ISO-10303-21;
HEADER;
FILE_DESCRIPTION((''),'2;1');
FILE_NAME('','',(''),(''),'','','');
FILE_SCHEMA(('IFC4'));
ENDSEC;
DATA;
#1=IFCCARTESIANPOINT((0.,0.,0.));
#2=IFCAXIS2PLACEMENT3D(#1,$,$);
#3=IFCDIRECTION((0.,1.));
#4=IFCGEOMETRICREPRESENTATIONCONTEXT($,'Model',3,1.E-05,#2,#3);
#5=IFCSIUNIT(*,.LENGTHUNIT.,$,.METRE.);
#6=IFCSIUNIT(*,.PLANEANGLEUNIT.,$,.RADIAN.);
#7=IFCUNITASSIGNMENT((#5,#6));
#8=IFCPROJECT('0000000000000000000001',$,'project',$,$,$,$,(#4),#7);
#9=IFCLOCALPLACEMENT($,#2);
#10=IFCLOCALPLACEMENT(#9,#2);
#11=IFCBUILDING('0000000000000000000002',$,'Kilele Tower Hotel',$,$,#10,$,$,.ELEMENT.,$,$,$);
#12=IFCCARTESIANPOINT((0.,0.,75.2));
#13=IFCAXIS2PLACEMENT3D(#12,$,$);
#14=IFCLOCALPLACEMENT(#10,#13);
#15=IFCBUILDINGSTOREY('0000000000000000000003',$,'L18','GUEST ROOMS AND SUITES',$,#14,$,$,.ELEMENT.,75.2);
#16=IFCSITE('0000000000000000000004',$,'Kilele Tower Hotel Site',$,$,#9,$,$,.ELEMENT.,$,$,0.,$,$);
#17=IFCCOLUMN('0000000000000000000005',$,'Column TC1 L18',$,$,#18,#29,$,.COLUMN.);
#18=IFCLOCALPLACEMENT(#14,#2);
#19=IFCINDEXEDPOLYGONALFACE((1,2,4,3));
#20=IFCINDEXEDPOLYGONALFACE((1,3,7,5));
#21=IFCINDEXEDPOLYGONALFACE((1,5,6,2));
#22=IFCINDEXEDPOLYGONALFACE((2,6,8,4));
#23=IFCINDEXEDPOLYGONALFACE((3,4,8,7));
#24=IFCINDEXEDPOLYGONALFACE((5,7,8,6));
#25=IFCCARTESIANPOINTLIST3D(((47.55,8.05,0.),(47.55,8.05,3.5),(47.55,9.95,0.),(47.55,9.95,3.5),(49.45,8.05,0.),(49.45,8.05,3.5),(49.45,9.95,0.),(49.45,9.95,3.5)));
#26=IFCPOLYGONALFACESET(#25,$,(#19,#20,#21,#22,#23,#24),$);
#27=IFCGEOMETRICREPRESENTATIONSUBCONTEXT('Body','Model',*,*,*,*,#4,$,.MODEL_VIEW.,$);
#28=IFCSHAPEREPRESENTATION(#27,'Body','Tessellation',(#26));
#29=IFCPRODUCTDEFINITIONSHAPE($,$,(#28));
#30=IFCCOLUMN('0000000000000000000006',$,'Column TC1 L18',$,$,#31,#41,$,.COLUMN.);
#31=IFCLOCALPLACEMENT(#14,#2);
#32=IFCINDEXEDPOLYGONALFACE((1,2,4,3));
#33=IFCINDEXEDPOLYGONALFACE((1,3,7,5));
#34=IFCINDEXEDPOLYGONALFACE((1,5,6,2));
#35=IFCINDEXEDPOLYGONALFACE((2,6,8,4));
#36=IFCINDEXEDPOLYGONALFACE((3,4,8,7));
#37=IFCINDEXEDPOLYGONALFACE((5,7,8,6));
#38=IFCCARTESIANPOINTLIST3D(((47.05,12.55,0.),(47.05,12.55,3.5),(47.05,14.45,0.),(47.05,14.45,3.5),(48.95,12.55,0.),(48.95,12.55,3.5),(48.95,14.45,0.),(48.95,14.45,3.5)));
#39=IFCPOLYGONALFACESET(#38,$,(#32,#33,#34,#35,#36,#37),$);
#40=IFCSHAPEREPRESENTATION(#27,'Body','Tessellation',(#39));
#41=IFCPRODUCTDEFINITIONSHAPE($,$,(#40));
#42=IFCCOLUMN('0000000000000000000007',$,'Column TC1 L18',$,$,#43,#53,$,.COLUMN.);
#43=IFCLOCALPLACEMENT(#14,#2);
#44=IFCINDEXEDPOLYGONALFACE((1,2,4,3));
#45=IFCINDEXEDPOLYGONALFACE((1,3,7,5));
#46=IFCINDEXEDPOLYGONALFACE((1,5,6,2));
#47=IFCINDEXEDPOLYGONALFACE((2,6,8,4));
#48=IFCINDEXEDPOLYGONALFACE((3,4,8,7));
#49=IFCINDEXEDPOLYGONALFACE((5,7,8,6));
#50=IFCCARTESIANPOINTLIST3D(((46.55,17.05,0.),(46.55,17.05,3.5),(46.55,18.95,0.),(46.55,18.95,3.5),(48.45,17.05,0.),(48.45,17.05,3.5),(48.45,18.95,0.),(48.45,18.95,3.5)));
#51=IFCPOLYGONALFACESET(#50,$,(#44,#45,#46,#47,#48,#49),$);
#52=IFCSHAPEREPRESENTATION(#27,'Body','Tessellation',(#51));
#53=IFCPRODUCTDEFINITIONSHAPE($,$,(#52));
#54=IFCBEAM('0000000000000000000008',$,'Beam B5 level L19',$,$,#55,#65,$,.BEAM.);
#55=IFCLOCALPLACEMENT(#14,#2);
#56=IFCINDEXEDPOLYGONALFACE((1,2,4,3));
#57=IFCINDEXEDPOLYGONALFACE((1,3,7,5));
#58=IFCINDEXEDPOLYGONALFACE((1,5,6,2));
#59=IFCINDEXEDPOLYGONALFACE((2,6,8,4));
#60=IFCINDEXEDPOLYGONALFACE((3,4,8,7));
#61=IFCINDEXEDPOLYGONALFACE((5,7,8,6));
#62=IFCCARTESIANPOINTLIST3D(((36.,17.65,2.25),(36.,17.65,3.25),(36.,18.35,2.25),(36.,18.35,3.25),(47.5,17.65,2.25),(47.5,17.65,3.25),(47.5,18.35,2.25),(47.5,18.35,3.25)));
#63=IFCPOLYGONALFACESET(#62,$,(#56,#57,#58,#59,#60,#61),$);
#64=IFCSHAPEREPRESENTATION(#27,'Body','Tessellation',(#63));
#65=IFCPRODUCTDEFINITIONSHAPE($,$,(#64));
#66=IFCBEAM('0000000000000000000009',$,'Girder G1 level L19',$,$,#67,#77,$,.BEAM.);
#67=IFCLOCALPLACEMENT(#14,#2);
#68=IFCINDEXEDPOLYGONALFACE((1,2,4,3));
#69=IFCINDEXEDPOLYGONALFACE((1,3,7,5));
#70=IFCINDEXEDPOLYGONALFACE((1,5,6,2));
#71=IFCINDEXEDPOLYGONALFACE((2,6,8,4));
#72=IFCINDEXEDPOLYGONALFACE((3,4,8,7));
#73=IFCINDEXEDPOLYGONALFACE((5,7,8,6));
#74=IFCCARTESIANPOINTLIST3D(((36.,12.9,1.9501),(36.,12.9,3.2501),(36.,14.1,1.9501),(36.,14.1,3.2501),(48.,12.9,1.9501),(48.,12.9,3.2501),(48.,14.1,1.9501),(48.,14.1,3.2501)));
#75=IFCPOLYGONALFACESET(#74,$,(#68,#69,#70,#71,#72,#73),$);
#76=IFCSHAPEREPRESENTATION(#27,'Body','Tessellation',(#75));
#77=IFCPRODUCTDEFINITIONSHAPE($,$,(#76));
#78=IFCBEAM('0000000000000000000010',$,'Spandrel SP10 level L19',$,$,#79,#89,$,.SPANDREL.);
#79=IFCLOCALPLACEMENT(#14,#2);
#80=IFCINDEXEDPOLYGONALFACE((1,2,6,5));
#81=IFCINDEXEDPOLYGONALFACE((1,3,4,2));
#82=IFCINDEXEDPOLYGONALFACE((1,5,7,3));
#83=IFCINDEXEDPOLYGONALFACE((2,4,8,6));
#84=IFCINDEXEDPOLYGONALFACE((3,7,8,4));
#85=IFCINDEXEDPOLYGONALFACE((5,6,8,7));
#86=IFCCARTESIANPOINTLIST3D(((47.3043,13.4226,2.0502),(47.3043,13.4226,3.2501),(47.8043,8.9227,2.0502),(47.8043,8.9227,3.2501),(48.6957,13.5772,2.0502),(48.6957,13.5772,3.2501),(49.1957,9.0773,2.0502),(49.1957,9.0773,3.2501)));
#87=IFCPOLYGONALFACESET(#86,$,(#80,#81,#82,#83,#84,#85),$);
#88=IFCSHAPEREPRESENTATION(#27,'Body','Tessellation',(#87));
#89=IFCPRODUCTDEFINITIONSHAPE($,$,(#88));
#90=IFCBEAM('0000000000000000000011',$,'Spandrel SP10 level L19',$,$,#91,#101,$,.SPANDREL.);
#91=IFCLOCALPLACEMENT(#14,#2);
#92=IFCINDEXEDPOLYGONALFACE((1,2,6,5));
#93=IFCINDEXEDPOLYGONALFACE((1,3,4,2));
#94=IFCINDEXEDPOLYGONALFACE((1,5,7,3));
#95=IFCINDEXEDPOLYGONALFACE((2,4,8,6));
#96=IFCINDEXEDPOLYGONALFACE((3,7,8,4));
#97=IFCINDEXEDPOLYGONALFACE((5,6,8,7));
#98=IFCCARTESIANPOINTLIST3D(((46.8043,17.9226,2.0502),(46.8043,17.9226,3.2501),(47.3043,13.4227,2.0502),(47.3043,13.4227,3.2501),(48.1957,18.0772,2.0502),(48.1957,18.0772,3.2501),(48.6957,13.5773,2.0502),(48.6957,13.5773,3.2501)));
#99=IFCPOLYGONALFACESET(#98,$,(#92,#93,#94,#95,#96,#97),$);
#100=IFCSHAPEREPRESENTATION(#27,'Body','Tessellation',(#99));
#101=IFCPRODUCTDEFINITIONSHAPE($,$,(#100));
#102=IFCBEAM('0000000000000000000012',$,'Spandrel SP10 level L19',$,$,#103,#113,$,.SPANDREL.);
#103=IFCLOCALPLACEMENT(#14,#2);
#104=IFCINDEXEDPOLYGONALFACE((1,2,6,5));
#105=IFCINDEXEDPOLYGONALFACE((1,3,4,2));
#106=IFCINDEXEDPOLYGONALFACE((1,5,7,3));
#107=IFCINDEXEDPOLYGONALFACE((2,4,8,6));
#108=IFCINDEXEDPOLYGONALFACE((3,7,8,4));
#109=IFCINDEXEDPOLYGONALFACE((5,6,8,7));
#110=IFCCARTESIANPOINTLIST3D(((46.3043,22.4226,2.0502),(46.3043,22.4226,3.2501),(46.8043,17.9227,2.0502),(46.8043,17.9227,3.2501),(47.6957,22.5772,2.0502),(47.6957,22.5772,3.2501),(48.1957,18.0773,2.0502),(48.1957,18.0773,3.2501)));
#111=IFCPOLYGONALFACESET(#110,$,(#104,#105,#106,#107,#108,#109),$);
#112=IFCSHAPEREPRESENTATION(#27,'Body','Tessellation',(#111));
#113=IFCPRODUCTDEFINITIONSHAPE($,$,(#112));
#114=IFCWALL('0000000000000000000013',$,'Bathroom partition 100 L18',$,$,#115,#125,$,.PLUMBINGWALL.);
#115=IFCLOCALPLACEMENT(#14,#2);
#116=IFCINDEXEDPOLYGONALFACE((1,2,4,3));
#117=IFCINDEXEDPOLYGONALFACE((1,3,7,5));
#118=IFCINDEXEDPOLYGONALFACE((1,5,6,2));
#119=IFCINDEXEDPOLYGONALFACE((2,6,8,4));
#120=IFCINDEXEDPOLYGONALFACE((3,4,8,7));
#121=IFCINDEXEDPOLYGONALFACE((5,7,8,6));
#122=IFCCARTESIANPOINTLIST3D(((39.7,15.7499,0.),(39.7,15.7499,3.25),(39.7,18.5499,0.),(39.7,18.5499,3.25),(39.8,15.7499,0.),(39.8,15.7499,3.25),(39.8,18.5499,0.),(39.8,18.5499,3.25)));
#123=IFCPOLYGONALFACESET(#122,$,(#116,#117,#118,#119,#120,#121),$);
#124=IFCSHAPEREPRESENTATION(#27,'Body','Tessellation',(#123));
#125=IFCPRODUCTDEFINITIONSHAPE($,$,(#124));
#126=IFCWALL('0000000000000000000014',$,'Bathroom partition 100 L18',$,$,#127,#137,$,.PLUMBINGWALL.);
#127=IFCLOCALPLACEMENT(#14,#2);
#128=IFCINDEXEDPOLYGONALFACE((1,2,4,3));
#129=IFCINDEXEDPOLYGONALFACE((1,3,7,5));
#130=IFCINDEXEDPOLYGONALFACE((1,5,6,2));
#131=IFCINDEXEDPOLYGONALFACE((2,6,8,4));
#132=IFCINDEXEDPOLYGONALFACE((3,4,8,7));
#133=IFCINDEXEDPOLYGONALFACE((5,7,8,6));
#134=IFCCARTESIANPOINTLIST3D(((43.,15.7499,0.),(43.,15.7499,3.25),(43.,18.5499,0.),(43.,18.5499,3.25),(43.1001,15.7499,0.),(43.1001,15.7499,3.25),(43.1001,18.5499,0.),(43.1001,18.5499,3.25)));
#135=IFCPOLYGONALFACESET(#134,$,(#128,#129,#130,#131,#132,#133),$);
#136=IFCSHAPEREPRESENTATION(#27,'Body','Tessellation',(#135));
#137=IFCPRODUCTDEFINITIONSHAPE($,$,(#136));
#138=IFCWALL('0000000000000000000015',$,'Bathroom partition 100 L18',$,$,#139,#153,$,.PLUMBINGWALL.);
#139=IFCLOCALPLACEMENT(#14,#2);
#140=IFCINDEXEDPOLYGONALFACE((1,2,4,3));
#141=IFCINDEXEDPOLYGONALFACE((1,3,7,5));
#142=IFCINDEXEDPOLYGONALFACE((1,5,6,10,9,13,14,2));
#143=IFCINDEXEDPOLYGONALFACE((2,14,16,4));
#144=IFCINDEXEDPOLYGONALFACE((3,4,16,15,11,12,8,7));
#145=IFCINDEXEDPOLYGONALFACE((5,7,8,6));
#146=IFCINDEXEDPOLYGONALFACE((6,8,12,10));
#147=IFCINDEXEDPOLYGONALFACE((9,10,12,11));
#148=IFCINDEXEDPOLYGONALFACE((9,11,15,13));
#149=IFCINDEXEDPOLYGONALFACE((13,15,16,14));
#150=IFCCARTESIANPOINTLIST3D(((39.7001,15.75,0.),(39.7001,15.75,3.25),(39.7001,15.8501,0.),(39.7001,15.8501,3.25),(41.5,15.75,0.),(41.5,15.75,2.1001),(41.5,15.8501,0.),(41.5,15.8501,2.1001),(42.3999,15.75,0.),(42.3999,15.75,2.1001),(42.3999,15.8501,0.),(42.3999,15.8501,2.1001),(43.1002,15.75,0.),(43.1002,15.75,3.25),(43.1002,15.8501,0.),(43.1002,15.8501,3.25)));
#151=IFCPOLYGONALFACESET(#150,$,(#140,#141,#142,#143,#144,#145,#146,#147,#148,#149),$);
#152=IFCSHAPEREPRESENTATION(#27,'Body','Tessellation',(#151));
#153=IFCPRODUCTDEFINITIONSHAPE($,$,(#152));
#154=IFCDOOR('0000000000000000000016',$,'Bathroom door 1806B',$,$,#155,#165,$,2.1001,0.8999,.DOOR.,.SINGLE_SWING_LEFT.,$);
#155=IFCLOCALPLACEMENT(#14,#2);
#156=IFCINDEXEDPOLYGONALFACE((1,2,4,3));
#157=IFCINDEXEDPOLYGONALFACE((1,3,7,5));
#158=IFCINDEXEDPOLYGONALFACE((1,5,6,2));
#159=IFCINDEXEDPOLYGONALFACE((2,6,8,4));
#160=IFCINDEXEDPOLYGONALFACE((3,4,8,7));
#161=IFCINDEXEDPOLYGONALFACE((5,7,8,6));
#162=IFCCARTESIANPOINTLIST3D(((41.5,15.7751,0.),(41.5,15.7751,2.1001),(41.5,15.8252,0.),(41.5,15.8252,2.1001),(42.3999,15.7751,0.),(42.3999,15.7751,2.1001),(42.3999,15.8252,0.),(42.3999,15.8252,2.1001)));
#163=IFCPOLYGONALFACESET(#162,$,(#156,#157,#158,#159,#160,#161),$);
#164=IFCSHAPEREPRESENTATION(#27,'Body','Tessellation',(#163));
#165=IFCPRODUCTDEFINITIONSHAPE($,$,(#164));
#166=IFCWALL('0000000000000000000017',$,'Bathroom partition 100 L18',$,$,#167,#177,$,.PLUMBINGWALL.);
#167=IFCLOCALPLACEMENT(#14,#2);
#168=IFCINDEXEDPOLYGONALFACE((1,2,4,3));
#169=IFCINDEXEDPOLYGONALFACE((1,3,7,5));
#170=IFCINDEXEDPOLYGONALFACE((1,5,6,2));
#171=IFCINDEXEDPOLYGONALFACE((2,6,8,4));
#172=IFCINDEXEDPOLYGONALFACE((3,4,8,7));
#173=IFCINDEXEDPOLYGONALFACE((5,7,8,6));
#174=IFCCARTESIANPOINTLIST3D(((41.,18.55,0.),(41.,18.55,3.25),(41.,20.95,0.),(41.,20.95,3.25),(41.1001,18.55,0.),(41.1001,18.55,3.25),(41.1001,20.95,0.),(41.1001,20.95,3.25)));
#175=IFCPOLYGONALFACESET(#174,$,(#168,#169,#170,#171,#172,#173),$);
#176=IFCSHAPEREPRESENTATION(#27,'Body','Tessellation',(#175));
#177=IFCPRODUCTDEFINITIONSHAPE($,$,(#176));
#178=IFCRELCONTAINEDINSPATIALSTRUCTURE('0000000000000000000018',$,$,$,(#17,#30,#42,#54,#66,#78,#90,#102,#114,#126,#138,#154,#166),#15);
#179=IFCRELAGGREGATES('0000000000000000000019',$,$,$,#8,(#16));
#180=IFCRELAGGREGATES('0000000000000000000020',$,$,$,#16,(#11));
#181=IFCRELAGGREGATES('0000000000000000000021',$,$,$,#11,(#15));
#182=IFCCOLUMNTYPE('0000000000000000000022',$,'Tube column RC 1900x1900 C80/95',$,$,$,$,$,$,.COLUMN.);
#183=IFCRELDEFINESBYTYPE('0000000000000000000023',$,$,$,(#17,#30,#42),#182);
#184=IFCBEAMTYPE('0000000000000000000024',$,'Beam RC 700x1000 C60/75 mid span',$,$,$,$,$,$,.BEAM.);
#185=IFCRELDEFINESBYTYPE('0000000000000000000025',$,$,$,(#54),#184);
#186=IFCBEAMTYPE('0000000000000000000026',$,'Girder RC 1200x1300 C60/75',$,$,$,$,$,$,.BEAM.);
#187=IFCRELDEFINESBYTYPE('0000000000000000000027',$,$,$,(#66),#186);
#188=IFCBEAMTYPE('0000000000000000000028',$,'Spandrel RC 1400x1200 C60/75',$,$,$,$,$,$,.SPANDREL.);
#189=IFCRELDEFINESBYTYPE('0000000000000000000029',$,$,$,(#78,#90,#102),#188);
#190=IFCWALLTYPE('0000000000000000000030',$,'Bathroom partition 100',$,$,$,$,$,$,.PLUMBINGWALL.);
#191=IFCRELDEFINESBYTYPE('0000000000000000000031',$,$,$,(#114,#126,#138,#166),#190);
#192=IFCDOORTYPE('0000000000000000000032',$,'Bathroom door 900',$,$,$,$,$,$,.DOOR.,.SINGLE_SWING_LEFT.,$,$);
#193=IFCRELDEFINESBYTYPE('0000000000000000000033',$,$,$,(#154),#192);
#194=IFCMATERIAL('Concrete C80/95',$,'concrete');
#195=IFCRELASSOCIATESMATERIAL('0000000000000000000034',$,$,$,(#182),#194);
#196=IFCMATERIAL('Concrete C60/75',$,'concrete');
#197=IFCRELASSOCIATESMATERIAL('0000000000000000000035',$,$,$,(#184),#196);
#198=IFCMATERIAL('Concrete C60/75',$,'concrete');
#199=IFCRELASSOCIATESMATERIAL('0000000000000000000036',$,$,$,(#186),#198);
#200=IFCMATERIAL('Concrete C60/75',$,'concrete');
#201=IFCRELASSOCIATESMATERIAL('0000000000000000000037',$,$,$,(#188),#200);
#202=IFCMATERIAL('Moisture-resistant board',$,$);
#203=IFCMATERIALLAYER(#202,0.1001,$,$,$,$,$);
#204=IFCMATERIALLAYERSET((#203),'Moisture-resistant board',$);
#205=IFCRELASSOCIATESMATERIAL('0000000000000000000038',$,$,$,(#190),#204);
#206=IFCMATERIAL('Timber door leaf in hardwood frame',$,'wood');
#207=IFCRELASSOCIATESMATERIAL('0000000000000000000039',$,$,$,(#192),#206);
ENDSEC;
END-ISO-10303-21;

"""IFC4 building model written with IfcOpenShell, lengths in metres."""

from ifc_helpers import new_model, si_unit, direction, frame, frame_2d, origin, origin_2d, place, context, subcontext, project, spatial, rectangle, extrude, material, layer, layer_set, material_profile, profile_set, type_object, element, fill, save


model = new_model("IFC4")

# Units and contexts
model_context = context("Model", 3, precision=1e-05, world=origin(), true_north=direction((0.0, 1.0)))
body_context = subcontext(model_context, "Body", "Model", "MODEL_VIEW")
ifc_project = project(units=[si_unit("LENGTHUNIT", "METRE"), si_unit("PLANEANGLEUNIT", "RADIAN")], contexts=[model_context])

# Site, building, storey
site_placement = place(None, origin())
site = spatial("IfcSite", under=ifc_project, at=site_placement, Name="Kilele Tower Hotel Site", CompositionType="ELEMENT", RefElevation=0.0)
building_placement = place(site_placement, origin())
building = spatial("IfcBuilding", under=site, at=building_placement, Name="Kilele Tower Hotel", CompositionType="ELEMENT")
storey_placement = place(building_placement, frame((0.0, 0.0, 75.2)))
storey = spatial("IfcBuildingStorey", under=building, at=storey_placement, Name="L18", Description="GUEST ROOMS AND SUITES", CompositionType="ELEMENT", Elevation=75.2)

# Columns
ifc_material_1 = material(Name="Concrete C80/95", Category="concrete")
ifc_material_profile_1 = material_profile(ifc_material_1, rectangle(XDim=1.8999, YDim=1.8999, at=origin_2d()))
ifc_profile_set_1 = profile_set([ifc_material_profile_1], Name="Concrete C80/95")
column_type = type_object("IfcColumnType", Name="Tube column RC 1900x1900 C80/95", PredefinedType="COLUMN", material=ifc_profile_set_1)
for number, where, z_axis, x_axis, name in (
    (1, (48.5, 9.0, 0.0), (0.0, 0.0, 1.0), (1.0, 0.0, 0.0), "Column TC1 L18"),
    (2, (48.0, 13.5, 0.0), (0.0, 0.0, 1.0), (1.0, 0.0, 0.0), "Column TC1 L18"),
    (3, (47.5, 18.0, 0.0), (0.0, 0.0, 1.0), (1.0, 0.0, 0.0), "Column TC1 L18"),
):
    element("IfcColumn", number, at=place(storey_placement, frame(where, z_axis=z_axis, x_axis=x_axis)), inside=storey, type_object=column_type, Name=name, PredefinedType="COLUMN", context=body_context, shape_type="SweptSolid", body=[
        extrude(rectangle(XDim=1.8999, YDim=1.8999, at=origin_2d()), origin(), (0.0, 0.0, 1.0), 3.5),
    ])

# Beams
ifc_material_2 = material(Name="Concrete C60/75", Category="concrete")
ifc_material_profile_2 = material_profile(ifc_material_2, rectangle(XDim=0.7, YDim=1.0, at=origin_2d()))
ifc_profile_set_2 = profile_set([ifc_material_profile_2], Name="Concrete C60/75")
beam_type_1 = type_object("IfcBeamType", Name="Beam RC 700x1000 C60/75 mid span", PredefinedType="BEAM", material=ifc_profile_set_2)
beam_1_placement = place(storey_placement, frame((47.5, 18.0, 2.75), z_axis=(-1.0, 0.0, 0.0), x_axis=(0.0, -1.0, 0.0)))
element("IfcBeam", 4, at=beam_1_placement, inside=storey, type_object=beam_type_1, Name="Beam B5 level L19", PredefinedType="BEAM", context=body_context, shape_type="SweptSolid", body=[
    extrude(rectangle(XDim=0.7, YDim=1.0, at=origin_2d()), origin(), (0.0, 0.0, 1.0), 11.5),
])
ifc_material_3 = material(Name="Concrete C60/75", Category="concrete")
ifc_material_profile_3 = material_profile(ifc_material_3, rectangle(XDim=1.2, YDim=1.3, at=origin_2d()))
ifc_profile_set_3 = profile_set([ifc_material_profile_3], Name="Concrete C60/75")
beam_type_2 = type_object("IfcBeamType", Name="Girder RC 1200x1300 C60/75", PredefinedType="BEAM", material=ifc_profile_set_3)
beam_2_placement = place(storey_placement, frame((48.0, 13.5, 2.6001), z_axis=(-1.0, 0.0, 0.0), x_axis=(0.0, -1.0, 0.0)))
element("IfcBeam", 5, at=beam_2_placement, inside=storey, type_object=beam_type_2, Name="Girder G1 level L19", PredefinedType="BEAM", context=body_context, shape_type="SweptSolid", body=[
    extrude(rectangle(XDim=1.2, YDim=1.3, at=origin_2d()), origin(), (0.0, 0.0, 1.0), 12.0),
])
ifc_material_4 = material(Name="Concrete C60/75", Category="concrete")
ifc_material_profile_4 = material_profile(ifc_material_4, rectangle(XDim=1.3999, YDim=1.2, at=origin_2d()))
ifc_profile_set_4 = profile_set([ifc_material_profile_4], Name="Concrete C60/75")
beam_type_3 = type_object("IfcBeamType", Name="Spandrel RC 1400x1200 C60/75", PredefinedType="SPANDREL", material=ifc_profile_set_4)
for number, where, z_axis, x_axis, name in (
    (6, (48.5, 9.0, 2.6501), (-0.110432, 0.993884, 0.0), (-0.993884, -0.110432, 0.0), "Spandrel SP10 level L19"),
    (7, (48.0, 13.5, 2.6501), (-0.110432, 0.993884, 0.0), (-0.993884, -0.110432, 0.0), "Spandrel SP10 level L19"),
    (8, (47.5, 18.0, 2.6501), (-0.110432, 0.993884, 0.0), (-0.993884, -0.110432, 0.0), "Spandrel SP10 level L19"),
):
    element("IfcBeam", number, at=place(storey_placement, frame(where, z_axis=z_axis, x_axis=x_axis)), inside=storey, type_object=beam_type_3, Name=name, PredefinedType="SPANDREL", context=body_context, shape_type="SweptSolid", body=[
        extrude(rectangle(XDim=1.3999, YDim=1.2, at=origin_2d()), origin(), (0.0, 0.0, 1.0), 4.5276),
    ])

# Walls
ifc_material_5 = material(Name="Moisture-resistant board")
ifc_layer_1 = layer(ifc_material_5, 0.1001)
ifc_layer_set_1 = layer_set([ifc_layer_1], Name="Moisture-resistant board")
wall_type_1 = type_object("IfcWallType", Name="Bathroom partition 100", PredefinedType="PLUMBINGWALL", material=ifc_layer_set_1)
for number, where, z_axis, x_axis, name in (
    (9, (39.75, 15.75, 0.0), (0.0, 0.0, 1.0), (0.0, 1.0, 0.0), "Bathroom partition 100 L18"),
    (10, (43.05, 15.75, 0.0), (0.0, 0.0, 1.0), (0.0, 1.0, 0.0), "Bathroom partition 100 L18"),
):
    element("IfcWall", number, at=place(storey_placement, frame(where, z_axis=z_axis, x_axis=x_axis)), inside=storey, type_object=wall_type_1, Name=name, PredefinedType="PLUMBINGWALL", context=body_context, shape_type="SweptSolid", body=[
        extrude(rectangle(XDim=2.8, YDim=0.1001, at=frame_2d((1.3999, 0.0))), origin(), (0.0, 0.0, 1.0), 3.25),
    ])

# Wall, opening, door
wall_1_placement = place(storey_placement, frame((39.7, 15.8, 0.0), z_axis=(0.0, 0.0, 1.0), x_axis=(1.0, 0.0, 0.0)))
wall_1 = element("IfcWall", 11, at=wall_1_placement, inside=storey, type_object=wall_type_1, Name="Bathroom partition 100 L18", PredefinedType="PLUMBINGWALL", context=body_context, shape_type="SweptSolid", body=[
    extrude(rectangle(XDim=3.4001, YDim=0.1001, at=frame_2d((1.7002, 0.0))), origin(), (0.0, 0.0, 1.0), 3.25),
])
opening_1_placement = place(wall_1_placement, frame((2.7, 0.0, 0.0), z_axis=(0.0, 0.0, 1.0), x_axis=(-1.0, 0.0, 0.0)))
opening_1 = element("IfcOpeningElement", 12, at=opening_1_placement, cuts=wall_1, PredefinedType="OPENING", context=body_context, shape_type="SweptSolid", body=[
    extrude(rectangle(XDim=0.8999, YDim=2.1001, at=frame_2d((0.45, 1.05))), frame((0.0, 0.0601, 0.0), z_axis=(0.0, -1.0, 0.0), x_axis=(1.0, 0.0, 0.0)), (0.0, 0.0, 1.0), 0.1201),
])
ifc_material_6 = material(Name="Timber door leaf in hardwood frame", Category="wood")
door_type_1 = type_object("IfcDoorType", Name="Bathroom door 900", OperationType="SINGLE_SWING_LEFT", PredefinedType="DOOR", material=ifc_material_6)
door_1_placement = place(opening_1_placement, origin())
door_1 = element("IfcDoor", 13, at=door_1_placement, inside=storey, type_object=door_type_1, Name="Bathroom door 1806B", OperationType="SINGLE_SWING_LEFT", OverallHeight=2.1001, OverallWidth=0.8999, PredefinedType="DOOR", context=body_context, shape_type="SweptSolid", body=[
    extrude(rectangle(XDim=0.8999, YDim=2.1001, at=frame_2d((0.45, 1.05))), frame((0.0, 0.0249, 0.0), z_axis=(0.0, -1.0, 0.0), x_axis=(1.0, 0.0, 0.0)), (0.0, 0.0, 1.0), 0.05),
])
fill(opening_1, door_1)

# Wall
wall_2_placement = place(storey_placement, frame((41.05, 18.55, 0.0), z_axis=(0.0, 0.0, 1.0), x_axis=(0.0, 1.0, 0.0)))
element("IfcWall", 14, at=wall_2_placement, inside=storey, type_object=wall_type_1, Name="Bathroom partition 100 L18", PredefinedType="PLUMBINGWALL", context=body_context, shape_type="SweptSolid", body=[
    extrude(rectangle(XDim=2.3999, YDim=0.1001, at=frame_2d((1.2, 0.0))), origin(), (0.0, 0.0, 1.0), 3.25),
])

save(model, "model.ifc")
